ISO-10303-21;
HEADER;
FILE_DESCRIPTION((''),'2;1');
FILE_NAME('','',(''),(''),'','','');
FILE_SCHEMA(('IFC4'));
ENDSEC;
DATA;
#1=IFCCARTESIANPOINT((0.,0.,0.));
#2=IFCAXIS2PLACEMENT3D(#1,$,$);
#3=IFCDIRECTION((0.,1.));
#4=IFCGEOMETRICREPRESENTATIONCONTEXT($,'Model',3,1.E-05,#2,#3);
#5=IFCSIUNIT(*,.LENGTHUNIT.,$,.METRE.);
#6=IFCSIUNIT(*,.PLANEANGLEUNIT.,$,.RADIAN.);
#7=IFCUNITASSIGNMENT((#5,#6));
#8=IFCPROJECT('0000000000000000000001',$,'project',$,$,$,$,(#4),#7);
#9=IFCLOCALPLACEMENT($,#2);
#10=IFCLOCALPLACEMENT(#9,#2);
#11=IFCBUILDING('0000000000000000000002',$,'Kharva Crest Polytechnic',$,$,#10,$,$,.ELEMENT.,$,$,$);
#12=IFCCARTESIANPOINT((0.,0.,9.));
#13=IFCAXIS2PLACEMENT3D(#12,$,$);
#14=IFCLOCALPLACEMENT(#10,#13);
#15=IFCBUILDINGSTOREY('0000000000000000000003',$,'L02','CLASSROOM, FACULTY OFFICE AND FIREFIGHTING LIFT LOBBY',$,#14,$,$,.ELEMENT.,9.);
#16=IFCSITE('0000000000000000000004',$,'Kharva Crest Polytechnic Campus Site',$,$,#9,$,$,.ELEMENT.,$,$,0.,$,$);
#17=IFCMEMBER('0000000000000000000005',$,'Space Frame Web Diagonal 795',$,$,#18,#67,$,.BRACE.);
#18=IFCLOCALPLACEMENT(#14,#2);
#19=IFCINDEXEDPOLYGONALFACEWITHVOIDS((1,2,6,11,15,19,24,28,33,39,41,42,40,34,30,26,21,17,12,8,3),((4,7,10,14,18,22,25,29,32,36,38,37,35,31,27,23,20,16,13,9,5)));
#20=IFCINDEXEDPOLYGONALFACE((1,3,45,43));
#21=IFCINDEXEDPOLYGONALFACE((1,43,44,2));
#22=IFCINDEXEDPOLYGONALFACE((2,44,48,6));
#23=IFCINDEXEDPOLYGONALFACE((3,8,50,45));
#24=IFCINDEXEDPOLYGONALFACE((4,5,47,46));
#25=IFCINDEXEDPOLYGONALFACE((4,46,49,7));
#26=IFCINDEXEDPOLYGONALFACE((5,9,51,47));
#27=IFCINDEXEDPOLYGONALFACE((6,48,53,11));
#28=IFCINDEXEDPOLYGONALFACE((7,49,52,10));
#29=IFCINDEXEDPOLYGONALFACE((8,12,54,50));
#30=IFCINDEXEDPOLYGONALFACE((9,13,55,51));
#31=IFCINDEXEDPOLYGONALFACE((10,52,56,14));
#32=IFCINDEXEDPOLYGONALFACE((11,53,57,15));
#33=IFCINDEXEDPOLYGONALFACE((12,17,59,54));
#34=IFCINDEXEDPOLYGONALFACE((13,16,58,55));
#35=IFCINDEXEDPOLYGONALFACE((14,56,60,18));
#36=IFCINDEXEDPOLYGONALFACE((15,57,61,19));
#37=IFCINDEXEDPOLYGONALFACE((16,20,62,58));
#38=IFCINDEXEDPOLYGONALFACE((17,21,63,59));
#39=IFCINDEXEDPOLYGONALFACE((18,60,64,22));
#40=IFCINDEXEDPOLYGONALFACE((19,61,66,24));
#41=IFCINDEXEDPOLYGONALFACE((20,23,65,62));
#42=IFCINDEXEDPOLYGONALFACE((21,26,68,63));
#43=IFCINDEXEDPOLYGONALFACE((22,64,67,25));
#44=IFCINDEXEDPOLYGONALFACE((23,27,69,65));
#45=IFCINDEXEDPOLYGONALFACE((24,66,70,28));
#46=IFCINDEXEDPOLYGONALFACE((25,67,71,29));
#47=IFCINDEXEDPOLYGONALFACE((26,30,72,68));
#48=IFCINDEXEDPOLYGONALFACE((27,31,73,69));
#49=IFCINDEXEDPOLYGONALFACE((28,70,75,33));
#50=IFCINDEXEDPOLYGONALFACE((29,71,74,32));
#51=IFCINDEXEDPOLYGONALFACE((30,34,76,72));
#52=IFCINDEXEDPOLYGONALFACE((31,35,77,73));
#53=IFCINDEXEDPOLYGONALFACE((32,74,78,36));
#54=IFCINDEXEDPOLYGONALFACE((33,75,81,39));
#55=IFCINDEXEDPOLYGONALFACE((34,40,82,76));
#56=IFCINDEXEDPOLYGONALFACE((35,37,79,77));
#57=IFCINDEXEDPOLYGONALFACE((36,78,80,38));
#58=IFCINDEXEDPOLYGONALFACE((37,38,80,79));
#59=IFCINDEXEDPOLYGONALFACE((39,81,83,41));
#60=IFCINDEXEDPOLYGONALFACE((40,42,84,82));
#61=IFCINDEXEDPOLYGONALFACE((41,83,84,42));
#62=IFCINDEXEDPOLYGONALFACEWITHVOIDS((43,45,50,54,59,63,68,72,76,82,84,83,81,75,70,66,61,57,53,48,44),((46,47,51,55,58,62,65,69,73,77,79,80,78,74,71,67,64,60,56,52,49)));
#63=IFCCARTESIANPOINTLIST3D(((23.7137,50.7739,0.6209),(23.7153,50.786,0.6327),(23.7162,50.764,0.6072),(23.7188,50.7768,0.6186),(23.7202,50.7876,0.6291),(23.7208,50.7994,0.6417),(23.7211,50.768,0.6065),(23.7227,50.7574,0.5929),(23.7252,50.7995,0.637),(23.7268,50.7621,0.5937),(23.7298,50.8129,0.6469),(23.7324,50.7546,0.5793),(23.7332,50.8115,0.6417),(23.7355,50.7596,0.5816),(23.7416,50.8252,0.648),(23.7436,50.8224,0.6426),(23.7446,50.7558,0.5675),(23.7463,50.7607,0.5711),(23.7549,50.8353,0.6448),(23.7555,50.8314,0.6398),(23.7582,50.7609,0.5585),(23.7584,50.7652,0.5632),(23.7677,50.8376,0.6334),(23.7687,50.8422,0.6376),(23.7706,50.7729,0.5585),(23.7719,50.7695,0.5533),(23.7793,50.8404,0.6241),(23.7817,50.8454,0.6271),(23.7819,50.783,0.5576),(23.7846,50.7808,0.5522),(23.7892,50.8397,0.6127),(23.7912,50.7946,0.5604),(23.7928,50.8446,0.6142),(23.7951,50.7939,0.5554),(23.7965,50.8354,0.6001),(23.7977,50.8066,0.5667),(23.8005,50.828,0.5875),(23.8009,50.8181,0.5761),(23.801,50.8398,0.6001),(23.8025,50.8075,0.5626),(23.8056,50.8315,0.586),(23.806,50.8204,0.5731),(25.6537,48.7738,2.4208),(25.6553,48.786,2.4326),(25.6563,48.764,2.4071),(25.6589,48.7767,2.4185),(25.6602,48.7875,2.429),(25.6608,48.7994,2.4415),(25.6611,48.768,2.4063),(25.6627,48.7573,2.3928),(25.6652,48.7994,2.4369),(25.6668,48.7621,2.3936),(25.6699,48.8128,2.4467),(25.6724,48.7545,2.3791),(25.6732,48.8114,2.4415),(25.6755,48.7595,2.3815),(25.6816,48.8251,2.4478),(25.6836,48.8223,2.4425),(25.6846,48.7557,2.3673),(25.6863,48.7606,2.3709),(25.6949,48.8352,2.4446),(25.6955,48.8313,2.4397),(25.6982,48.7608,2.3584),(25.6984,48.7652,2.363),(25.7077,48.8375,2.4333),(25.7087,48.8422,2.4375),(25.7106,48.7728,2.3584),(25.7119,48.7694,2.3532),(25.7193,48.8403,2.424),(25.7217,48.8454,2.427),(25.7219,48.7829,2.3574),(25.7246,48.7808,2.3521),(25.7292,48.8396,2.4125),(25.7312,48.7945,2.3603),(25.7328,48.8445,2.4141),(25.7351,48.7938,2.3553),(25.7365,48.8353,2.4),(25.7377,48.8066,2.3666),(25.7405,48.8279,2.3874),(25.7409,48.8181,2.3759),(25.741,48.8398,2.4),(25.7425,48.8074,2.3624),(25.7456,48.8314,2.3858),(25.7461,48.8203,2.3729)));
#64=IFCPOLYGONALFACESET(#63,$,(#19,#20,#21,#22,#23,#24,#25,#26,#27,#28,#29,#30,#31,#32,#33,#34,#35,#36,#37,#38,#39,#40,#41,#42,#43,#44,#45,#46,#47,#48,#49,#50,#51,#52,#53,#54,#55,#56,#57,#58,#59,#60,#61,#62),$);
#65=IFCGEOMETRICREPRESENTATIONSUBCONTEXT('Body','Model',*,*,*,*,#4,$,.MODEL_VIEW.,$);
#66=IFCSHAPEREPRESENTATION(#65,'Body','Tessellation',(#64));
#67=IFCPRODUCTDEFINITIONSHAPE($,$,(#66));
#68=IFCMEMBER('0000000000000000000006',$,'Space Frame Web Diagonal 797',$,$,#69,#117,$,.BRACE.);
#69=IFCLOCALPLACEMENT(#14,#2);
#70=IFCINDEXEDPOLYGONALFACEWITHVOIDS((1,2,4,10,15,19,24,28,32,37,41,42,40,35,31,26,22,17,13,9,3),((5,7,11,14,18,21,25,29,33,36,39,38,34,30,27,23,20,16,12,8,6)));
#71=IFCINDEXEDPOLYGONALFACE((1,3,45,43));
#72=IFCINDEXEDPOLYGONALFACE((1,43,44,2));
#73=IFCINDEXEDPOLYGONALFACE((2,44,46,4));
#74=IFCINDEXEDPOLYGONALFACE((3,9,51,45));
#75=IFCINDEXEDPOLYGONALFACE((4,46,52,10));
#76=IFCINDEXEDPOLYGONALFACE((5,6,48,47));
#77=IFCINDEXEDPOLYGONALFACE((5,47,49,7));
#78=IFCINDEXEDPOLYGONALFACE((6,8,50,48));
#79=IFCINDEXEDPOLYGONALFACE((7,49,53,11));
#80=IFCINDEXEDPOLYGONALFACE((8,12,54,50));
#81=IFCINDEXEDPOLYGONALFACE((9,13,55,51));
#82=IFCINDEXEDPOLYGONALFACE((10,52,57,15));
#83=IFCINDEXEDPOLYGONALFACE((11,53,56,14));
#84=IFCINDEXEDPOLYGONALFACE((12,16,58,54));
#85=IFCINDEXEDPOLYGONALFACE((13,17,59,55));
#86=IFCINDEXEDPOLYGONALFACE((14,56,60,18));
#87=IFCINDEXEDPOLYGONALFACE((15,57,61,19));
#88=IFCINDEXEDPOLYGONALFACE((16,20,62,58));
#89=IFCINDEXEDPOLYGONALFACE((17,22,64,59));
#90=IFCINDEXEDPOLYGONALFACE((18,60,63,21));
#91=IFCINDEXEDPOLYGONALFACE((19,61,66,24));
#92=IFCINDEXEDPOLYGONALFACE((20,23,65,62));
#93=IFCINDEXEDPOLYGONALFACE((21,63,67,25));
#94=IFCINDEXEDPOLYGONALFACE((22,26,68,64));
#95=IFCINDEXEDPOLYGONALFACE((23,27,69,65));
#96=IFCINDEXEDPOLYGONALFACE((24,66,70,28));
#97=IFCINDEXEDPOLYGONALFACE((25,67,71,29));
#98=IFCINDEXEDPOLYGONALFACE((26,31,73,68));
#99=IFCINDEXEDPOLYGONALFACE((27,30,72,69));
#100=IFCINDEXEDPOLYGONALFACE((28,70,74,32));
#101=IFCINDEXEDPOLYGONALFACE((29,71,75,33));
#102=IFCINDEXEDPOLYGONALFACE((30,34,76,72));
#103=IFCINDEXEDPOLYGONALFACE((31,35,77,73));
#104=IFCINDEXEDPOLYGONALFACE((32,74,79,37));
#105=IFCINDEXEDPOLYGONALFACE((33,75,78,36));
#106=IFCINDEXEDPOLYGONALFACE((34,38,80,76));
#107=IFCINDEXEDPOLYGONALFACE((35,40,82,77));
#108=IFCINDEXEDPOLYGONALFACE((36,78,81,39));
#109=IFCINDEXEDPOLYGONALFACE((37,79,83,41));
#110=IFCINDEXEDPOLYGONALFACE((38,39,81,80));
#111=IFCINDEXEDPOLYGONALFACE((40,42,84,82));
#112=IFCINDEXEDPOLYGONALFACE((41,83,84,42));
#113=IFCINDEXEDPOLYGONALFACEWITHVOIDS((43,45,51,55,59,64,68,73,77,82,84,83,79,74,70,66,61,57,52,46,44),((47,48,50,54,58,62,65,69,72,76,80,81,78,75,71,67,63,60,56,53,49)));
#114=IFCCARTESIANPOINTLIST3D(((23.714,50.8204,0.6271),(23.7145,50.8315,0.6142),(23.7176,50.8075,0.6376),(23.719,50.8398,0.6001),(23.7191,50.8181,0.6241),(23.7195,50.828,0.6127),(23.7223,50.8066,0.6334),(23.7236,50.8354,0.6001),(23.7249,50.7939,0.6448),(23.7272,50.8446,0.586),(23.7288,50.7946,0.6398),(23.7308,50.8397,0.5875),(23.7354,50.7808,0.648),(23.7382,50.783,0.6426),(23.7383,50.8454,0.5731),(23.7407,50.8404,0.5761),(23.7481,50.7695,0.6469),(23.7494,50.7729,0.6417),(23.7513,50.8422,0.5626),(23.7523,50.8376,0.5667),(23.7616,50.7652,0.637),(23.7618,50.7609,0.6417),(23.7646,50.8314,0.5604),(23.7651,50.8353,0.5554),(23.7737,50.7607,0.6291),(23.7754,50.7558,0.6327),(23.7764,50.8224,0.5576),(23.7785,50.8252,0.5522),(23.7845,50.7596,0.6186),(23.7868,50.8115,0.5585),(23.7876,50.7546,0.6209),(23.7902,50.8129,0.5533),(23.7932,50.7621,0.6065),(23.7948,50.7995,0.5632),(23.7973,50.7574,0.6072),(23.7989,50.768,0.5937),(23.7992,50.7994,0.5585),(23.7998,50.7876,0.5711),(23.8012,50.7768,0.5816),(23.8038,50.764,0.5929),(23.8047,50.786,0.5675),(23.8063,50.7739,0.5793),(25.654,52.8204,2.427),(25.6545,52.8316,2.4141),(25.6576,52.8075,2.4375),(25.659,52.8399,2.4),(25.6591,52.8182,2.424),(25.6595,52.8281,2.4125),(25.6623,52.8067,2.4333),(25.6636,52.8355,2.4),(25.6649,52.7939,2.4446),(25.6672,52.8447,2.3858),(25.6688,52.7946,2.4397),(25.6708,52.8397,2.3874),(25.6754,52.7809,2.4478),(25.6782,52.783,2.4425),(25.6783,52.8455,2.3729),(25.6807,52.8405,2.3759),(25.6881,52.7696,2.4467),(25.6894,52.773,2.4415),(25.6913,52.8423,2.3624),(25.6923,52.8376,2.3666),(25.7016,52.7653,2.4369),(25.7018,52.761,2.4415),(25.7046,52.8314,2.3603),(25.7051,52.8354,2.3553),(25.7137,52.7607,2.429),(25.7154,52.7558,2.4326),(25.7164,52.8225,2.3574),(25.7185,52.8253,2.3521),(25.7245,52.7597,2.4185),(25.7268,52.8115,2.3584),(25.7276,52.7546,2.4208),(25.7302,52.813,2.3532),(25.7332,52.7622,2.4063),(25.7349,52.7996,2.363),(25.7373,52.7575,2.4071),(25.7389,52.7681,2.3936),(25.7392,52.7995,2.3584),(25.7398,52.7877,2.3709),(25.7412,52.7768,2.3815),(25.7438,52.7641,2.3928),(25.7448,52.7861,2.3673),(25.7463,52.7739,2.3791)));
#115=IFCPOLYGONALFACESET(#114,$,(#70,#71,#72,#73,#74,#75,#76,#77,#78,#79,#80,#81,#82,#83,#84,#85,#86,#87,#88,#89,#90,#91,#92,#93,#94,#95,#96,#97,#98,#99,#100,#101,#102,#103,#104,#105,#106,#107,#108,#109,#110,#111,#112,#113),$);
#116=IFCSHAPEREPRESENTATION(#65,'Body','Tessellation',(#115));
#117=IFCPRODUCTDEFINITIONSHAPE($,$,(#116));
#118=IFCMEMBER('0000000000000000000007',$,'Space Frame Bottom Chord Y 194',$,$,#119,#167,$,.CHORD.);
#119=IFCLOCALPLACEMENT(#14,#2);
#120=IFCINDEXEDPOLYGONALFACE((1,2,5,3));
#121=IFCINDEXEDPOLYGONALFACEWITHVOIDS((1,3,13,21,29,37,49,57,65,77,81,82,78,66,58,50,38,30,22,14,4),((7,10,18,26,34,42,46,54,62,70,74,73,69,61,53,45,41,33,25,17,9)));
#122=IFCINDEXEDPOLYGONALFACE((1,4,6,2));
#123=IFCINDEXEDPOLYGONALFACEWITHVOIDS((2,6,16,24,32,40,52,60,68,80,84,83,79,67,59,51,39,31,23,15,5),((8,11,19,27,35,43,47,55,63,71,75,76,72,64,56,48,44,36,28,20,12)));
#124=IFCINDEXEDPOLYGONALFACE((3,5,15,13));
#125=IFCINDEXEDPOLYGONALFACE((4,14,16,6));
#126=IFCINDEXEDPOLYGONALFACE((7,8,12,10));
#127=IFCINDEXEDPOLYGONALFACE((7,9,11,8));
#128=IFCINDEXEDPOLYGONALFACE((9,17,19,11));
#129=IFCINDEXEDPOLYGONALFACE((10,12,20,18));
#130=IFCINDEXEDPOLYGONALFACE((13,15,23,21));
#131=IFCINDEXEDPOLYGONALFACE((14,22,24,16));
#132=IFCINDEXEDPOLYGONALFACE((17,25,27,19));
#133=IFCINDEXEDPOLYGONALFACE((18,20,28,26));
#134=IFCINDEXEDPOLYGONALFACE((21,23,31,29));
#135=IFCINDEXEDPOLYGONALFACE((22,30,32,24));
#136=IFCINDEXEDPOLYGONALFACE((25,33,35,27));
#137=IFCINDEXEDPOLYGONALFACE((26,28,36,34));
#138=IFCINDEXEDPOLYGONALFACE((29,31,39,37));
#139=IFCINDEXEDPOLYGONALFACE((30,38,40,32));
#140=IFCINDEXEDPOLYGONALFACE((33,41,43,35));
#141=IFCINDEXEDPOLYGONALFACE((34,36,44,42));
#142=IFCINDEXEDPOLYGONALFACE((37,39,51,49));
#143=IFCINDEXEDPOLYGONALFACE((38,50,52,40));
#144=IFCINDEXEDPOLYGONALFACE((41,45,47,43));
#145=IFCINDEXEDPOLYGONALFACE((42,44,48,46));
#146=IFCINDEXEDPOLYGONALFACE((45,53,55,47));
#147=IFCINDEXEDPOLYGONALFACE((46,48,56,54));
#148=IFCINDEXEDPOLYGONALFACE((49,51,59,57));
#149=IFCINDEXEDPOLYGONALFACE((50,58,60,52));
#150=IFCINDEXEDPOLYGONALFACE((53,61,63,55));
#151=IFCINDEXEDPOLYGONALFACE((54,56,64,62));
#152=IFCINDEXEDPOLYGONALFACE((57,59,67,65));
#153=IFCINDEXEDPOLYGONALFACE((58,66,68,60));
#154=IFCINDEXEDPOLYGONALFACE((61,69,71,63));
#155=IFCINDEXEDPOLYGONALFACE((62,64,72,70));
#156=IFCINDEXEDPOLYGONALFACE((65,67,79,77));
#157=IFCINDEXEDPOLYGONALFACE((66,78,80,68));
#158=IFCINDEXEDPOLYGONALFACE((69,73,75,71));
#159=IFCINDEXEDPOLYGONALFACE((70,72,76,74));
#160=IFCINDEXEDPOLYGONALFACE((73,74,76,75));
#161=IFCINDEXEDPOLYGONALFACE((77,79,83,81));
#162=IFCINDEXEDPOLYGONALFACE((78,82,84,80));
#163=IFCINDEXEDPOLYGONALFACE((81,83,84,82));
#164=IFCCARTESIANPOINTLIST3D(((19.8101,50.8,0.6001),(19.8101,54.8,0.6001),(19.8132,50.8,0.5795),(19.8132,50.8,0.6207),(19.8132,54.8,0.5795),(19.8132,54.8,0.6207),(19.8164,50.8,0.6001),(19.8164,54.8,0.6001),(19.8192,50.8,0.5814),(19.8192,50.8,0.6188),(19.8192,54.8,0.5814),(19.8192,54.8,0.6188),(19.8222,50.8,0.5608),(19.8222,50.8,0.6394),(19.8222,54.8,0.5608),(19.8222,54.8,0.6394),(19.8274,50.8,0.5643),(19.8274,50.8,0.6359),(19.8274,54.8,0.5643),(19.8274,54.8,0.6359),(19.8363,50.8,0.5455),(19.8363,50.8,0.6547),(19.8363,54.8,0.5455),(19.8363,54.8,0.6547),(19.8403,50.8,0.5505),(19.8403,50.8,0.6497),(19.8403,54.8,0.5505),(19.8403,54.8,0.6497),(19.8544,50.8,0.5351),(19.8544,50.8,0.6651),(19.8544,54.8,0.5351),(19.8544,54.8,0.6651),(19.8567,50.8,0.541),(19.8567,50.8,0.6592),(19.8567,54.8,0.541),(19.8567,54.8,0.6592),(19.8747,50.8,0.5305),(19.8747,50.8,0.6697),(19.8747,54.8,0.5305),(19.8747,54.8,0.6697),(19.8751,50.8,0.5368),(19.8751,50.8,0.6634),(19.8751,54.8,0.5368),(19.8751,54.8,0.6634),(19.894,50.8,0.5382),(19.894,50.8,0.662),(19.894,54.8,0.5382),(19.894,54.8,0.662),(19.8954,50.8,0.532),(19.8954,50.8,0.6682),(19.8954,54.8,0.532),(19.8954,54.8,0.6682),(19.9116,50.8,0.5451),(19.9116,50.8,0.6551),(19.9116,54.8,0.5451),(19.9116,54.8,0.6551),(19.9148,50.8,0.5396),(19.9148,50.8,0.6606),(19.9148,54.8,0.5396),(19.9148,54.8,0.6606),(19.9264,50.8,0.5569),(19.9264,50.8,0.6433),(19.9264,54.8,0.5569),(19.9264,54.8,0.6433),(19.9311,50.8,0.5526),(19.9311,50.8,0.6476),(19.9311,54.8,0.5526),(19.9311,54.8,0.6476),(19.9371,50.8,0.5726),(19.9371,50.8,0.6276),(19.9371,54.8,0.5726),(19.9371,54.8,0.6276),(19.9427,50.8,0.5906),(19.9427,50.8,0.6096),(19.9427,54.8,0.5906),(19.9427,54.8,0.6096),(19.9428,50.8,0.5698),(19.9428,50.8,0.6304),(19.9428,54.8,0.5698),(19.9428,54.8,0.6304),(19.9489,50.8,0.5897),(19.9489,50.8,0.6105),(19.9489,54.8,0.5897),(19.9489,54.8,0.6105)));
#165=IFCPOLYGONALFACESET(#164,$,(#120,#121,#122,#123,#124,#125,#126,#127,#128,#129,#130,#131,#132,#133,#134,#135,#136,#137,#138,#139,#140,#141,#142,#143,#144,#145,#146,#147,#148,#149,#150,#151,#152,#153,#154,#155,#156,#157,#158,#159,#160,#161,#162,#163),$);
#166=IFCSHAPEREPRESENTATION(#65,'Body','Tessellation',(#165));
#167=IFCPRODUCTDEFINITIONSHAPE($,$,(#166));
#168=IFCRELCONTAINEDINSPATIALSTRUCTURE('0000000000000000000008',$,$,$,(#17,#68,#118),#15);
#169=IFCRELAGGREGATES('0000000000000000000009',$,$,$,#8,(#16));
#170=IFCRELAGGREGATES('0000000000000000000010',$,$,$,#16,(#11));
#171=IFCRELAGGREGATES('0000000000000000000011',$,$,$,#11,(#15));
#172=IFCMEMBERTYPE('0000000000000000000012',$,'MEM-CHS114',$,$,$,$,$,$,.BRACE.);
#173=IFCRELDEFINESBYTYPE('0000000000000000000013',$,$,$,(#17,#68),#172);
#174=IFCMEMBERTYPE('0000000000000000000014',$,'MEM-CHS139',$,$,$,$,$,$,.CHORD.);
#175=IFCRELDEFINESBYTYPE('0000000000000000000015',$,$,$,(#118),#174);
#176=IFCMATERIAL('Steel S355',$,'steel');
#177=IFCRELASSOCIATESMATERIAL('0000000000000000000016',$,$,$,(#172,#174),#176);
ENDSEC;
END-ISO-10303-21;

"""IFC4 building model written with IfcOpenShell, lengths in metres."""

from ifc_helpers import new_model, si_unit, direction, frame, origin, origin_2d, place, context, subcontext, project, spatial, hollow_circle, extrude, material, material_profile, profile_set, type_object, element, save


model = new_model("IFC4")

# Units and contexts
model_context = context("Model", 3, precision=1e-05, world=origin(), true_north=direction((0.0, 1.0)))
body_context = subcontext(model_context, "Body", "Model", "MODEL_VIEW")
ifc_project = project(units=[si_unit("LENGTHUNIT", "METRE"), si_unit("PLANEANGLEUNIT", "RADIAN")], contexts=[model_context])

# Site, building, storey
site_placement = place(None, origin())
site = spatial("IfcSite", under=ifc_project, at=site_placement, Name="Kharva Crest Polytechnic Campus Site", CompositionType="ELEMENT", RefElevation=0.0)
building_placement = place(site_placement, origin())
building = spatial("IfcBuilding", under=site, at=building_placement, Name="Kharva Crest Polytechnic", CompositionType="ELEMENT")
storey_placement = place(building_placement, frame((0.0, 0.0, 9.0)))
storey = spatial("IfcBuildingStorey", under=building, at=storey_placement, Name="L02", Description="CLASSROOM, FACULTY OFFICE AND FIREFIGHTING LIFT LOBBY", CompositionType="ELEMENT", Elevation=9.0)

# Shared definitions
ifc_material_1 = material(Name="Steel S355", Category="steel")

# Members
ifc_material_profile_1 = material_profile(ifc_material_1, hollow_circle(Radius=0.0571, WallThickness=0.0063, at=origin_2d()), Name="CHS 114.3X6.3")
ifc_profile_set_1 = profile_set([ifc_material_profile_1], Name="Steel S355")
member_type_1 = type_object("IfcMemberType", Name="MEM-CHS114", PredefinedType="BRACE", material=ifc_profile_set_1)
for number, where, z_axis, x_axis, name in (
    (1, (23.76, 50.8, 0.6001), (0.584843, -0.60295, 0.542596), (0.717802, 0.696247, 0.0), "Space Frame Web Diagonal 795"),
    (2, (23.76, 50.8, 0.6001), (0.584843, 0.60295, 0.542596), (-0.717802, 0.696247, 0.0), "Space Frame Web Diagonal 797"),
):
    element("IfcMember", number, at=place(storey_placement, frame(where, z_axis=z_axis, x_axis=x_axis)), inside=storey, type_object=member_type_1, Name=name, PredefinedType="BRACE", context=body_context, shape_type="SweptSolid", body=[
        extrude(hollow_circle(Radius=0.0571, WallThickness=0.0063, at=origin_2d()), origin(), (0.0, 0.0, 1.0), 3.3171),
    ])
ifc_material_profile_2 = material_profile(ifc_material_1, hollow_circle(Radius=0.0698, WallThickness=0.0063, at=origin_2d()), Name="CHS 139.7X6.3")
ifc_profile_set_2 = profile_set([ifc_material_profile_2], Name="Steel S355")
member_type_2 = type_object("IfcMemberType", Name="MEM-CHS139", PredefinedType="CHORD", material=ifc_profile_set_2)
for number, where, z_axis, x_axis, name in (
    (3, (19.8799, 50.8, 0.6001), (0.0, 1.0, 0.0), (-1.0, 0.0, 0.0), "Space Frame Bottom Chord Y 194"),
):
    element("IfcMember", number, at=place(storey_placement, frame(where, z_axis=z_axis, x_axis=x_axis)), inside=storey, type_object=member_type_2, Name=name, PredefinedType="CHORD", context=body_context, shape_type="SweptSolid", body=[
        extrude(hollow_circle(Radius=0.0698, WallThickness=0.0063, at=origin_2d()), origin(), (0.0, 0.0, 1.0), 4.0),
    ])

save(model, "model.ifc")
